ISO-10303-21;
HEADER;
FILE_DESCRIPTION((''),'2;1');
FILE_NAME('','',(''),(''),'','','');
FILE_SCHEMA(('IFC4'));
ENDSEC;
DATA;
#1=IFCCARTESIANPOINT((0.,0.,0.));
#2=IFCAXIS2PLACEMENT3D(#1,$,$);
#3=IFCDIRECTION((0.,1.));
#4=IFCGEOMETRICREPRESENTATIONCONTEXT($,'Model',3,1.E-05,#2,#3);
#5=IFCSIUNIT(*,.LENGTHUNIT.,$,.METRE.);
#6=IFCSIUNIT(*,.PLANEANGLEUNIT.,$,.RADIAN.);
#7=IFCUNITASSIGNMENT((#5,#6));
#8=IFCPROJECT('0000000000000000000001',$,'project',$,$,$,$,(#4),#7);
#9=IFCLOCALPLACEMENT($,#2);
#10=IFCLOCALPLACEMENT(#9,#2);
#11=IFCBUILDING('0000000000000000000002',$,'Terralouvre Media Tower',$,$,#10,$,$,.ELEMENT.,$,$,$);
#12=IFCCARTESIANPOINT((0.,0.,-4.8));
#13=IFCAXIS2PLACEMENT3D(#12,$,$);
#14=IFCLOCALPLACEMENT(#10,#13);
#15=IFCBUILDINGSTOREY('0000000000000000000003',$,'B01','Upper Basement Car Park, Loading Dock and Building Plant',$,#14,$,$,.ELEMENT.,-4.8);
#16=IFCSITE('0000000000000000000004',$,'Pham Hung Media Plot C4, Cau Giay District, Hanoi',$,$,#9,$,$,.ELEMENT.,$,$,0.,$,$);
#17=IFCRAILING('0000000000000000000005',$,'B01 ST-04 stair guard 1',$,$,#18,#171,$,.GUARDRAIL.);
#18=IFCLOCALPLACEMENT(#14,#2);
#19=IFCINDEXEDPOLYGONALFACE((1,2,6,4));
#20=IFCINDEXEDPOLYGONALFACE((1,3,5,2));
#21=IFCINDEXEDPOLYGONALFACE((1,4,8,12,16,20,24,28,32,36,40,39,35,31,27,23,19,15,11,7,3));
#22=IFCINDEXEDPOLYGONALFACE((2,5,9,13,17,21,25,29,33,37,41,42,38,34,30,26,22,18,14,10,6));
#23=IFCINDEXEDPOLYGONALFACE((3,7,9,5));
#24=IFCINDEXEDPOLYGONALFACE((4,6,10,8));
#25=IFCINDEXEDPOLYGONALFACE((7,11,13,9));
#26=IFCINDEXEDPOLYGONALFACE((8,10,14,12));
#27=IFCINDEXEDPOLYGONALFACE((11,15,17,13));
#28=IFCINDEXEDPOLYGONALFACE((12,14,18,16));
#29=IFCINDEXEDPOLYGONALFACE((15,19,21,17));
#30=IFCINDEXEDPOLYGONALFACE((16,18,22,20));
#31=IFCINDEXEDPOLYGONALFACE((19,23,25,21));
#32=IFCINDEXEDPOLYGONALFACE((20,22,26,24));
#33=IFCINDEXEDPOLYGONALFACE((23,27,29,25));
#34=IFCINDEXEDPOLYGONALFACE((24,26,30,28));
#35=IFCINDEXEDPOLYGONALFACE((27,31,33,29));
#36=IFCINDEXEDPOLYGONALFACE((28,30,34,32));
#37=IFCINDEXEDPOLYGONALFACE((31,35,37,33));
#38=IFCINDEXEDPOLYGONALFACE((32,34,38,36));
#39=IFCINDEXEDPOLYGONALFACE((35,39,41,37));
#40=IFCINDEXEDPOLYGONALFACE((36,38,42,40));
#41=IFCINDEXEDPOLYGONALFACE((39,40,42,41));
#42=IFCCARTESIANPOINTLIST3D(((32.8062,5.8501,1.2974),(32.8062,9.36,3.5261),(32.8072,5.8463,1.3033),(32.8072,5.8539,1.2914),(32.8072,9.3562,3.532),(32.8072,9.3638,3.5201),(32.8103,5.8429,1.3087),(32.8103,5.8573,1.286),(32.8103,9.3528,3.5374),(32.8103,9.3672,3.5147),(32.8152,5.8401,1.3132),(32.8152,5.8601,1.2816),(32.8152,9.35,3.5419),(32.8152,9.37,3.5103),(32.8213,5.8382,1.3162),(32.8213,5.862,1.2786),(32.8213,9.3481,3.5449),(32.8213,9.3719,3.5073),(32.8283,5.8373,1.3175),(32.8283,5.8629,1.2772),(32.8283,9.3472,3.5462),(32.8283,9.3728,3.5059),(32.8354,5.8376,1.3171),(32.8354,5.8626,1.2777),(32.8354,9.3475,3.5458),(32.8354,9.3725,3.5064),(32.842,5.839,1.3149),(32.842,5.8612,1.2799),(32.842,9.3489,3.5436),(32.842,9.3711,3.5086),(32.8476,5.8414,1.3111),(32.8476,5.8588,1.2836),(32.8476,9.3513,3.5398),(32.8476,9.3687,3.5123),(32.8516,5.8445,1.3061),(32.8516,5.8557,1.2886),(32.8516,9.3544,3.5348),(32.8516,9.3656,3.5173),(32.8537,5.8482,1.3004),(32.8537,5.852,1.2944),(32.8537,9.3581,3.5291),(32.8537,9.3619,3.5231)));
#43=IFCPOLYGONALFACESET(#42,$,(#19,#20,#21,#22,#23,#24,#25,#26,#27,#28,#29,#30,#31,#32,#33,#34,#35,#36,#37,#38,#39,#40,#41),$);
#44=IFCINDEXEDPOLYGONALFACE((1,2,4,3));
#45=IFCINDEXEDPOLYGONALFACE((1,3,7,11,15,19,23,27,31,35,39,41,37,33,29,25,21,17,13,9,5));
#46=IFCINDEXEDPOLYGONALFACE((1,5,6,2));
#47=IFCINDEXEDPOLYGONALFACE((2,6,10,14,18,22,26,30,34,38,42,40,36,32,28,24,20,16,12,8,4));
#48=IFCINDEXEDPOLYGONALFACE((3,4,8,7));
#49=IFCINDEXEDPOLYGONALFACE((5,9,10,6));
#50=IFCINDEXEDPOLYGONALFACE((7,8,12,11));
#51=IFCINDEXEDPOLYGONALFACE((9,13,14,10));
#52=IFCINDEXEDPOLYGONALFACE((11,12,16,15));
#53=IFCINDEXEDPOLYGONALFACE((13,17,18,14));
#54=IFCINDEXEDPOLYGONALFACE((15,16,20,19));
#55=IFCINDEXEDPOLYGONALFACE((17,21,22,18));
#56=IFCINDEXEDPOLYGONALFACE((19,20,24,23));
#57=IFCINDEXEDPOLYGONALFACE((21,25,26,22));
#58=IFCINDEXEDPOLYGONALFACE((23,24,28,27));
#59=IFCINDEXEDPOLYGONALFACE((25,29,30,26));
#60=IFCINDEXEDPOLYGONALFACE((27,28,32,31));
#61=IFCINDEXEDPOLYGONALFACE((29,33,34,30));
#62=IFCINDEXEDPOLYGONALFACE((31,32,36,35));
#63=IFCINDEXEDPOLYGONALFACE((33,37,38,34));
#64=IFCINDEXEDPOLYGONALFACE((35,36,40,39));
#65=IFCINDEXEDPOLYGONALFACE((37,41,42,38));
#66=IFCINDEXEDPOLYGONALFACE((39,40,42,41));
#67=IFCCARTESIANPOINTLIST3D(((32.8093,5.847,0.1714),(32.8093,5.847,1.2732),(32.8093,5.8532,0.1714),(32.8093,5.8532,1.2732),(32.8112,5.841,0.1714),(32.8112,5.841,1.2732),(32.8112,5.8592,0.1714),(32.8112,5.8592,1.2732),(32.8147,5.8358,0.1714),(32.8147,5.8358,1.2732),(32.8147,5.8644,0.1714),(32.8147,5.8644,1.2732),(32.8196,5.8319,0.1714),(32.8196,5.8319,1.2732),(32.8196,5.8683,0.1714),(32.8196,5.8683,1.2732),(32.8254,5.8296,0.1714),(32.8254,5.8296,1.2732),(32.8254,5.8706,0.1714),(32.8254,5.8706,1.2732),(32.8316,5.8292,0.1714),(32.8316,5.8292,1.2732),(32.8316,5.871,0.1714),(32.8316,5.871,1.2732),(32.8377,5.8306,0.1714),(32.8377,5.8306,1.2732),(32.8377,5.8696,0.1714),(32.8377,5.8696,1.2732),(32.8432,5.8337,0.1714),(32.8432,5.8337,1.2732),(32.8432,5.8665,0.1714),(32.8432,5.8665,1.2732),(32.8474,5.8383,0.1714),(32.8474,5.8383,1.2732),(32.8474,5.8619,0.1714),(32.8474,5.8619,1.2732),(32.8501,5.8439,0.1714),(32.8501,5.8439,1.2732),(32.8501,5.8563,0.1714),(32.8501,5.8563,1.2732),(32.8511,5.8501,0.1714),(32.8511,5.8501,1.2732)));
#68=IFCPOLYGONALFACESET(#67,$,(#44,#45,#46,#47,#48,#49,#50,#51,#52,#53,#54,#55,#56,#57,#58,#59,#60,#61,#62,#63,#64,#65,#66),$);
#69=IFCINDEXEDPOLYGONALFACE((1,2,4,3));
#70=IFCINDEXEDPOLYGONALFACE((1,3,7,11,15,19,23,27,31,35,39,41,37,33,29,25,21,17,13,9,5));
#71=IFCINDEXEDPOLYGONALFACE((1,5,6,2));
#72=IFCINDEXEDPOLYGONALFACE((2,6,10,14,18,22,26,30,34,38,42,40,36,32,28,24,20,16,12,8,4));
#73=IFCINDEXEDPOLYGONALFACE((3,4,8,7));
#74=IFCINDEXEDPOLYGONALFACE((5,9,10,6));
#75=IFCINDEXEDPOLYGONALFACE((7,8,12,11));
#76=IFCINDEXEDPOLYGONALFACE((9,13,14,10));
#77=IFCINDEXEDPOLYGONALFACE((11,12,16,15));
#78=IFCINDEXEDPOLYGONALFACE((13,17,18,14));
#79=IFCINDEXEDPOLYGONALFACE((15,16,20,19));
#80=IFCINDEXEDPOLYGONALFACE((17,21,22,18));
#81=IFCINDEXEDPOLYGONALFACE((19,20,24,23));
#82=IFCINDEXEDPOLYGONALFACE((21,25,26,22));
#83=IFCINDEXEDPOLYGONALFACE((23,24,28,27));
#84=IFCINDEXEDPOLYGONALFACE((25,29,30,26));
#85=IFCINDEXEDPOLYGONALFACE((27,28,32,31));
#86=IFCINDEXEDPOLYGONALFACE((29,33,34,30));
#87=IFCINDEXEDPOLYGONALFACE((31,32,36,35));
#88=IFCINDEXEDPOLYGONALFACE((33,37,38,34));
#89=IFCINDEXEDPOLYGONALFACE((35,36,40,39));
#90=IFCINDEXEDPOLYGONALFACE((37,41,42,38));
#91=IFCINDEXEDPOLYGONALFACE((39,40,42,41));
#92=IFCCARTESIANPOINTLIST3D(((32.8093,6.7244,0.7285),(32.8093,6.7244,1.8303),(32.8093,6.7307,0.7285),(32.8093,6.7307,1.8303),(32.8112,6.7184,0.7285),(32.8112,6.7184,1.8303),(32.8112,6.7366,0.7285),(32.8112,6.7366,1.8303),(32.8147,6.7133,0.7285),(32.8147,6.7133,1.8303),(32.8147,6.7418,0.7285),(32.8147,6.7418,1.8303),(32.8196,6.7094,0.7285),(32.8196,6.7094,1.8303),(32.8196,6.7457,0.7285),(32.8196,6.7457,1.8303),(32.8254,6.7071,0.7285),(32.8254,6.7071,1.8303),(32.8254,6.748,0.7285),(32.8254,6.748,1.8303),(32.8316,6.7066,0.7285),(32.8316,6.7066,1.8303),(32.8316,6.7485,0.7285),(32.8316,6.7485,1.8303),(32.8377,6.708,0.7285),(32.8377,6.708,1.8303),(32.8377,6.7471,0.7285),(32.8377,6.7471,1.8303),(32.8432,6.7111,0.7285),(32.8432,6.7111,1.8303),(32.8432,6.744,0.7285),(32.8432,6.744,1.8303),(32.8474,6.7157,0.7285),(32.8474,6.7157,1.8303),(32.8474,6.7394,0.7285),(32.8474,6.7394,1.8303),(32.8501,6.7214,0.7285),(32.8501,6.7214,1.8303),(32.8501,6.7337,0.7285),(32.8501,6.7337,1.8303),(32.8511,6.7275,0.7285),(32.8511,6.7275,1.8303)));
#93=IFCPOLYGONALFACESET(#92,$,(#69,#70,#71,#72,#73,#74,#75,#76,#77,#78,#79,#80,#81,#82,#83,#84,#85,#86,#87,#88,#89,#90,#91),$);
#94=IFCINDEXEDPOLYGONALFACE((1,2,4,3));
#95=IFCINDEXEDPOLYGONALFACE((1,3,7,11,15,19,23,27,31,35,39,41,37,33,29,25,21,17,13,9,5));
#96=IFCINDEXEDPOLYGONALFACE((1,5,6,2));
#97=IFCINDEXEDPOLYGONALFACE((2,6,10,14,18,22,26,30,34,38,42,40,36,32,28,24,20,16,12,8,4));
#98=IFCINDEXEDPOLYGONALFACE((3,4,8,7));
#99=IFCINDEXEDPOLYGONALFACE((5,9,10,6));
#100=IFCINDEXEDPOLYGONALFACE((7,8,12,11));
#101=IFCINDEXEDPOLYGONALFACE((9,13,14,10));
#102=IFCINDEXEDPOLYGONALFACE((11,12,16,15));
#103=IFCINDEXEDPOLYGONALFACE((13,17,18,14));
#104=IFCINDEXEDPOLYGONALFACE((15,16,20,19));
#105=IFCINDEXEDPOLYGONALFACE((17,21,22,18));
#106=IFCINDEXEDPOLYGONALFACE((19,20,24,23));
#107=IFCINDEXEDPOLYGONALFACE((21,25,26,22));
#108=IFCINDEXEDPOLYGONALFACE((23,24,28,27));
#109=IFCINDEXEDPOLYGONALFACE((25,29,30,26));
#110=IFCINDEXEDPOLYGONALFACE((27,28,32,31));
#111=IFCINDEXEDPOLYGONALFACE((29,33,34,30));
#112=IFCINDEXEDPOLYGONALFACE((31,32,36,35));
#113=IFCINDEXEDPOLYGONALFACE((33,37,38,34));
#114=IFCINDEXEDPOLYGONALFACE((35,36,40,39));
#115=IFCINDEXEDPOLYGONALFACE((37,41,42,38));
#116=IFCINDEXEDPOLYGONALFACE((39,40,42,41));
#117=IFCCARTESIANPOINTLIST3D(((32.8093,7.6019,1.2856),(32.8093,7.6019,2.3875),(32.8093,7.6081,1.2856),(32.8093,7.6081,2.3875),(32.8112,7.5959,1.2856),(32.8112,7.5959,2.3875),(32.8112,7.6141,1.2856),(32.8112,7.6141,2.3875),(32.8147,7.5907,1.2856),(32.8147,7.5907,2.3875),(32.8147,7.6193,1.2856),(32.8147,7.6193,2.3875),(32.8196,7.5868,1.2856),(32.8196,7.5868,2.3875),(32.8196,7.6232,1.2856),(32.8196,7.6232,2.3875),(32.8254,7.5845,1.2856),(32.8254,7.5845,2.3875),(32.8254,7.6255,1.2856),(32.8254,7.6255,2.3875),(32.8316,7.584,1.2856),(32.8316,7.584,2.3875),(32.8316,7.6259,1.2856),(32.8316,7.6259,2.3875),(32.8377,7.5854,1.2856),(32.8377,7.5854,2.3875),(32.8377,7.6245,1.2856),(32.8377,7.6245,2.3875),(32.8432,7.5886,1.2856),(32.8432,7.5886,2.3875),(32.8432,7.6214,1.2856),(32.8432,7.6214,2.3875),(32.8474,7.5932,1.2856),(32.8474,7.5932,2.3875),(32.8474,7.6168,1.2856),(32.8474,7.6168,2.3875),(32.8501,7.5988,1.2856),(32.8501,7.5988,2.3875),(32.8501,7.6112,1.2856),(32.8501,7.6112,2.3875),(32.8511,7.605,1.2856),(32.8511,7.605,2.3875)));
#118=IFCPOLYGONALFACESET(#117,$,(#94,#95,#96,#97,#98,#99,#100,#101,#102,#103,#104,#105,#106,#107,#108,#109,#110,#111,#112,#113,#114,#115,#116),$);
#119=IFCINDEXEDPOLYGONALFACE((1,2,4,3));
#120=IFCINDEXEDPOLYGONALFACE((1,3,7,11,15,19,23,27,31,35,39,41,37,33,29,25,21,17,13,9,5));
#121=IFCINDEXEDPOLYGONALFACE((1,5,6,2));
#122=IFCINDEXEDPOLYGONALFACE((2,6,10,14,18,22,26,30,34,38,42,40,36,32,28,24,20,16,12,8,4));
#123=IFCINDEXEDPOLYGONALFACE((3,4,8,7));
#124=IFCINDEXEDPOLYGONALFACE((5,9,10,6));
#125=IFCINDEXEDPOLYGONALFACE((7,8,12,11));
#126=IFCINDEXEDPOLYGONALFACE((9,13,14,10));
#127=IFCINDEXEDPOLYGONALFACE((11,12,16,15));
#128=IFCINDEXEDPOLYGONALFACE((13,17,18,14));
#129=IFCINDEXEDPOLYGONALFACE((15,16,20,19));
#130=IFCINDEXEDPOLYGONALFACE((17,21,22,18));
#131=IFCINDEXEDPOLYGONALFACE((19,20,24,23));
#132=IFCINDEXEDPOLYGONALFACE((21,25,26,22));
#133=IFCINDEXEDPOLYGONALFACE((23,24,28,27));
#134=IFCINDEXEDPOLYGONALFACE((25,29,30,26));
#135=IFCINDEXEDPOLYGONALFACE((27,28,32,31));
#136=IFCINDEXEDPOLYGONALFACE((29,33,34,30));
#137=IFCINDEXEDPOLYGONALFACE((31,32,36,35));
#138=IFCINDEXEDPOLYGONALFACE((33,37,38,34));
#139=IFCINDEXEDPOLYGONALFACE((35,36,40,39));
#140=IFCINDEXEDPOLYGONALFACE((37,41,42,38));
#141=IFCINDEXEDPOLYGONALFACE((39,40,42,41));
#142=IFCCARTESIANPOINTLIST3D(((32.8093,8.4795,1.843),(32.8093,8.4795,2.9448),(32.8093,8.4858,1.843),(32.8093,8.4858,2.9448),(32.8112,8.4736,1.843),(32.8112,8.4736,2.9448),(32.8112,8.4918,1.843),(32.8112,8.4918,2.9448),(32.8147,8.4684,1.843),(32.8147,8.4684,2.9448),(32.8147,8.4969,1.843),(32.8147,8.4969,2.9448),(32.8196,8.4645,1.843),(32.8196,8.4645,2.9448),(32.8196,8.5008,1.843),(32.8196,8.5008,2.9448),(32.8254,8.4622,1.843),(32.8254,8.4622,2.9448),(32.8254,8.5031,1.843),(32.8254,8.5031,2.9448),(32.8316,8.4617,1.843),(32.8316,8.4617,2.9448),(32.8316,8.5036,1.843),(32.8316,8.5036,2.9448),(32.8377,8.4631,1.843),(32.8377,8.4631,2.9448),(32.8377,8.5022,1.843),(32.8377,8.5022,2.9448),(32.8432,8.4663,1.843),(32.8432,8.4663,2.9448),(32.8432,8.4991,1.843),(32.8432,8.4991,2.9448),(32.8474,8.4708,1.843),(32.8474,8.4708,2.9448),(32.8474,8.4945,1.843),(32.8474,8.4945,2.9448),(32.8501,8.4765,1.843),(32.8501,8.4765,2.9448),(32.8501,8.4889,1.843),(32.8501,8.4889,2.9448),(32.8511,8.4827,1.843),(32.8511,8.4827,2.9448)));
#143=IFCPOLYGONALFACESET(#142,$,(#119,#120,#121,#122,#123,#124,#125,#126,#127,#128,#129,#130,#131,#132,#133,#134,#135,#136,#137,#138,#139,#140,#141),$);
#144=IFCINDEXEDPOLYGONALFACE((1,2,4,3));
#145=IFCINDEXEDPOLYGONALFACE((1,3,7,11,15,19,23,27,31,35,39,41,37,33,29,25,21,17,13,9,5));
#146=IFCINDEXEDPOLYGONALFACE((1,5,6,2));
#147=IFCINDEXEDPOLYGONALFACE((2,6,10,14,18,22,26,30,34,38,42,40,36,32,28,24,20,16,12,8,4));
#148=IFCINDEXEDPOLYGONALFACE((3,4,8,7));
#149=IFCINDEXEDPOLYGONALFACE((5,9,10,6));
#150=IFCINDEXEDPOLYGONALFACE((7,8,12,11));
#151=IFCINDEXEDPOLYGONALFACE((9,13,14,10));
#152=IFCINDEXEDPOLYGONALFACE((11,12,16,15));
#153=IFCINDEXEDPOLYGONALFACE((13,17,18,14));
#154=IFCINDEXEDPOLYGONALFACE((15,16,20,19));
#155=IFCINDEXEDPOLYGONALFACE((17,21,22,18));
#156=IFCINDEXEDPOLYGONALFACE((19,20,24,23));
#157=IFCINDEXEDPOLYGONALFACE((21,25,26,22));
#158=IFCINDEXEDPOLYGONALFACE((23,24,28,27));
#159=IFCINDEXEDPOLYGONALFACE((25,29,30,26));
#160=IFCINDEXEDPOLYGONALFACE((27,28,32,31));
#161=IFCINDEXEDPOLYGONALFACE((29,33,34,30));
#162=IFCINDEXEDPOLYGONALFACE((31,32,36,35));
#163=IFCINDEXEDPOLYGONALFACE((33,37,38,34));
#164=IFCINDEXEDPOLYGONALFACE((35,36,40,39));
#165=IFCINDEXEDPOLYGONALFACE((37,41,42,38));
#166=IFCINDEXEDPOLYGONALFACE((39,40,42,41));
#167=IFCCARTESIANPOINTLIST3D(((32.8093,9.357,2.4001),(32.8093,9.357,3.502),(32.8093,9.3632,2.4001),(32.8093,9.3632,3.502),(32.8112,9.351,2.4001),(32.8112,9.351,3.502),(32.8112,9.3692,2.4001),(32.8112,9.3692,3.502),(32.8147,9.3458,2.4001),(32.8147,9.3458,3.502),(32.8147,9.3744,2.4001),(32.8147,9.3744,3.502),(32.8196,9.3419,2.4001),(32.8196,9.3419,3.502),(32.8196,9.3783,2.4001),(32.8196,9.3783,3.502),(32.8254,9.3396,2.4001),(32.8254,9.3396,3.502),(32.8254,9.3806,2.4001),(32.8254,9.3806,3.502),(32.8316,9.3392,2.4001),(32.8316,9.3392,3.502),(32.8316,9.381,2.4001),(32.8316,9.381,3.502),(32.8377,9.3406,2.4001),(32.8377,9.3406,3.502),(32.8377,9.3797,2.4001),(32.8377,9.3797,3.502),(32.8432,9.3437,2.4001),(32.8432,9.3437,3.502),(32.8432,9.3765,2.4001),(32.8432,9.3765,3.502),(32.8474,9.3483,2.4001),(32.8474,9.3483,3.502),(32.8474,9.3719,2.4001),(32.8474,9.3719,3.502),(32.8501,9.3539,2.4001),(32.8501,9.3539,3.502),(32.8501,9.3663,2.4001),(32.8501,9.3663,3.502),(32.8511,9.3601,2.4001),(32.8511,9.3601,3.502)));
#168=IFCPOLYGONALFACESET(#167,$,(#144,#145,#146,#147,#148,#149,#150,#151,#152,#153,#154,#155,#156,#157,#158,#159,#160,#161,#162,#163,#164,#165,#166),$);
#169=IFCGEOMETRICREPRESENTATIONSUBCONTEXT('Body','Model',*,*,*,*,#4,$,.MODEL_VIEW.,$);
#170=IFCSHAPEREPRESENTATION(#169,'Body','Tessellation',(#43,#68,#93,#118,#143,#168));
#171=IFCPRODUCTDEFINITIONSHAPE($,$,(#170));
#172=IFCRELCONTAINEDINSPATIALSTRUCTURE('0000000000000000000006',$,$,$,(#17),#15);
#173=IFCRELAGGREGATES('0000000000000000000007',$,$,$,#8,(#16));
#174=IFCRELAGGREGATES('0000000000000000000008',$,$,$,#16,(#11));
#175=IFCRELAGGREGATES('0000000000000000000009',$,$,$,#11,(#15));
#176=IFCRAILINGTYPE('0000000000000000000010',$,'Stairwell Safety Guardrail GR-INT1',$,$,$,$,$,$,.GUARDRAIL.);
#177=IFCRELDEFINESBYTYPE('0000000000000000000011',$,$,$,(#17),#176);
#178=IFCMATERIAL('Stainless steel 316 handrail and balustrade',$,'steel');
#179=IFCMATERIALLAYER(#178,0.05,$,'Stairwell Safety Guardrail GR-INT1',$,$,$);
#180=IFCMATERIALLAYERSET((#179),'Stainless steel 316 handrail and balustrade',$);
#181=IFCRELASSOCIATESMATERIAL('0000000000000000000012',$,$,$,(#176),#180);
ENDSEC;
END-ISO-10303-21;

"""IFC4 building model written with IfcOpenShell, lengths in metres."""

from ifc_helpers import new_model, si_unit, direction, frame, origin, origin_2d, place, context, subcontext, project, spatial, circle, extrude, material, layer, layer_set, type_object, element, save


model = new_model("IFC4")

# Units and contexts
model_context = context("Model", 3, precision=1e-05, world=origin(), true_north=direction((0.0, 1.0)))
body_context = subcontext(model_context, "Body", "Model", "MODEL_VIEW")
ifc_project = project(units=[si_unit("LENGTHUNIT", "METRE"), si_unit("PLANEANGLEUNIT", "RADIAN")], contexts=[model_context])

# Site, building, storey
site_placement = place(None, origin())
site = spatial("IfcSite", under=ifc_project, at=site_placement, Name="Pham Hung Media Plot C4, Cau Giay District, Hanoi", CompositionType="ELEMENT", RefElevation=0.0)
building_placement = place(site_placement, origin())
building = spatial("IfcBuilding", under=site, at=building_placement, Name="Terralouvre Media Tower", CompositionType="ELEMENT")
storey_placement = place(building_placement, frame((0.0, 0.0, -4.8)))
storey = spatial("IfcBuildingStorey", under=building, at=storey_placement, Name="B01", Description="Upper Basement Car Park, Loading Dock and Building Plant", CompositionType="ELEMENT", Elevation=-4.8)

# Railing
ifc_material_1 = material(Name="Stainless steel 316 handrail and balustrade", Category="steel")
ifc_layer_1 = layer(ifc_material_1, 0.05, Name="Stairwell Safety Guardrail GR-INT1")
ifc_layer_set_1 = layer_set([ifc_layer_1], Name="Stainless steel 316 handrail and balustrade")
railing_type_1 = type_object("IfcRailingType", Name="Stairwell Safety Guardrail GR-INT1", PredefinedType="GUARDRAIL", material=ifc_layer_set_1)
railing_1_placement = place(storey_placement, frame((32.8301, 5.8501, 0.1714)))
element("IfcRailing", 1, at=railing_1_placement, inside=storey, type_object=railing_type_1, Name="B01 ST-04 stair guard 1", PredefinedType="GUARDRAIL", context=body_context, shape_type="SweptSolid", body=[
    extrude(circle(Radius=0.0239, at=origin_2d()), frame((0.0, 0.0, 1.126), z_axis=(0.0, 0.844193, 0.536039), x_axis=(-1.0, 0.0, 0.0)), (0.0, 0.0, 1.0), 4.1577),
    extrude(circle(Radius=0.021, at=origin_2d()), origin(), (0.0, 0.0, 1.0), 1.1018),
    extrude(circle(Radius=0.021, at=origin_2d()), frame((0.0, 0.8774, 0.5571)), (0.0, 0.0, 1.0), 1.1018),
    extrude(circle(Radius=0.021, at=origin_2d()), frame((0.0, 1.7549, 1.1143)), (0.0, 0.0, 1.0), 1.1018),
    extrude(circle(Radius=0.021, at=origin_2d()), frame((0.0, 2.6326, 1.6716)), (0.0, 0.0, 1.0), 1.1018),
    extrude(circle(Radius=0.021, at=origin_2d()), frame((0.0, 3.51, 2.2288)), (0.0, 0.0, 1.0), 1.1018),
])

save(model, "model.ifc")
